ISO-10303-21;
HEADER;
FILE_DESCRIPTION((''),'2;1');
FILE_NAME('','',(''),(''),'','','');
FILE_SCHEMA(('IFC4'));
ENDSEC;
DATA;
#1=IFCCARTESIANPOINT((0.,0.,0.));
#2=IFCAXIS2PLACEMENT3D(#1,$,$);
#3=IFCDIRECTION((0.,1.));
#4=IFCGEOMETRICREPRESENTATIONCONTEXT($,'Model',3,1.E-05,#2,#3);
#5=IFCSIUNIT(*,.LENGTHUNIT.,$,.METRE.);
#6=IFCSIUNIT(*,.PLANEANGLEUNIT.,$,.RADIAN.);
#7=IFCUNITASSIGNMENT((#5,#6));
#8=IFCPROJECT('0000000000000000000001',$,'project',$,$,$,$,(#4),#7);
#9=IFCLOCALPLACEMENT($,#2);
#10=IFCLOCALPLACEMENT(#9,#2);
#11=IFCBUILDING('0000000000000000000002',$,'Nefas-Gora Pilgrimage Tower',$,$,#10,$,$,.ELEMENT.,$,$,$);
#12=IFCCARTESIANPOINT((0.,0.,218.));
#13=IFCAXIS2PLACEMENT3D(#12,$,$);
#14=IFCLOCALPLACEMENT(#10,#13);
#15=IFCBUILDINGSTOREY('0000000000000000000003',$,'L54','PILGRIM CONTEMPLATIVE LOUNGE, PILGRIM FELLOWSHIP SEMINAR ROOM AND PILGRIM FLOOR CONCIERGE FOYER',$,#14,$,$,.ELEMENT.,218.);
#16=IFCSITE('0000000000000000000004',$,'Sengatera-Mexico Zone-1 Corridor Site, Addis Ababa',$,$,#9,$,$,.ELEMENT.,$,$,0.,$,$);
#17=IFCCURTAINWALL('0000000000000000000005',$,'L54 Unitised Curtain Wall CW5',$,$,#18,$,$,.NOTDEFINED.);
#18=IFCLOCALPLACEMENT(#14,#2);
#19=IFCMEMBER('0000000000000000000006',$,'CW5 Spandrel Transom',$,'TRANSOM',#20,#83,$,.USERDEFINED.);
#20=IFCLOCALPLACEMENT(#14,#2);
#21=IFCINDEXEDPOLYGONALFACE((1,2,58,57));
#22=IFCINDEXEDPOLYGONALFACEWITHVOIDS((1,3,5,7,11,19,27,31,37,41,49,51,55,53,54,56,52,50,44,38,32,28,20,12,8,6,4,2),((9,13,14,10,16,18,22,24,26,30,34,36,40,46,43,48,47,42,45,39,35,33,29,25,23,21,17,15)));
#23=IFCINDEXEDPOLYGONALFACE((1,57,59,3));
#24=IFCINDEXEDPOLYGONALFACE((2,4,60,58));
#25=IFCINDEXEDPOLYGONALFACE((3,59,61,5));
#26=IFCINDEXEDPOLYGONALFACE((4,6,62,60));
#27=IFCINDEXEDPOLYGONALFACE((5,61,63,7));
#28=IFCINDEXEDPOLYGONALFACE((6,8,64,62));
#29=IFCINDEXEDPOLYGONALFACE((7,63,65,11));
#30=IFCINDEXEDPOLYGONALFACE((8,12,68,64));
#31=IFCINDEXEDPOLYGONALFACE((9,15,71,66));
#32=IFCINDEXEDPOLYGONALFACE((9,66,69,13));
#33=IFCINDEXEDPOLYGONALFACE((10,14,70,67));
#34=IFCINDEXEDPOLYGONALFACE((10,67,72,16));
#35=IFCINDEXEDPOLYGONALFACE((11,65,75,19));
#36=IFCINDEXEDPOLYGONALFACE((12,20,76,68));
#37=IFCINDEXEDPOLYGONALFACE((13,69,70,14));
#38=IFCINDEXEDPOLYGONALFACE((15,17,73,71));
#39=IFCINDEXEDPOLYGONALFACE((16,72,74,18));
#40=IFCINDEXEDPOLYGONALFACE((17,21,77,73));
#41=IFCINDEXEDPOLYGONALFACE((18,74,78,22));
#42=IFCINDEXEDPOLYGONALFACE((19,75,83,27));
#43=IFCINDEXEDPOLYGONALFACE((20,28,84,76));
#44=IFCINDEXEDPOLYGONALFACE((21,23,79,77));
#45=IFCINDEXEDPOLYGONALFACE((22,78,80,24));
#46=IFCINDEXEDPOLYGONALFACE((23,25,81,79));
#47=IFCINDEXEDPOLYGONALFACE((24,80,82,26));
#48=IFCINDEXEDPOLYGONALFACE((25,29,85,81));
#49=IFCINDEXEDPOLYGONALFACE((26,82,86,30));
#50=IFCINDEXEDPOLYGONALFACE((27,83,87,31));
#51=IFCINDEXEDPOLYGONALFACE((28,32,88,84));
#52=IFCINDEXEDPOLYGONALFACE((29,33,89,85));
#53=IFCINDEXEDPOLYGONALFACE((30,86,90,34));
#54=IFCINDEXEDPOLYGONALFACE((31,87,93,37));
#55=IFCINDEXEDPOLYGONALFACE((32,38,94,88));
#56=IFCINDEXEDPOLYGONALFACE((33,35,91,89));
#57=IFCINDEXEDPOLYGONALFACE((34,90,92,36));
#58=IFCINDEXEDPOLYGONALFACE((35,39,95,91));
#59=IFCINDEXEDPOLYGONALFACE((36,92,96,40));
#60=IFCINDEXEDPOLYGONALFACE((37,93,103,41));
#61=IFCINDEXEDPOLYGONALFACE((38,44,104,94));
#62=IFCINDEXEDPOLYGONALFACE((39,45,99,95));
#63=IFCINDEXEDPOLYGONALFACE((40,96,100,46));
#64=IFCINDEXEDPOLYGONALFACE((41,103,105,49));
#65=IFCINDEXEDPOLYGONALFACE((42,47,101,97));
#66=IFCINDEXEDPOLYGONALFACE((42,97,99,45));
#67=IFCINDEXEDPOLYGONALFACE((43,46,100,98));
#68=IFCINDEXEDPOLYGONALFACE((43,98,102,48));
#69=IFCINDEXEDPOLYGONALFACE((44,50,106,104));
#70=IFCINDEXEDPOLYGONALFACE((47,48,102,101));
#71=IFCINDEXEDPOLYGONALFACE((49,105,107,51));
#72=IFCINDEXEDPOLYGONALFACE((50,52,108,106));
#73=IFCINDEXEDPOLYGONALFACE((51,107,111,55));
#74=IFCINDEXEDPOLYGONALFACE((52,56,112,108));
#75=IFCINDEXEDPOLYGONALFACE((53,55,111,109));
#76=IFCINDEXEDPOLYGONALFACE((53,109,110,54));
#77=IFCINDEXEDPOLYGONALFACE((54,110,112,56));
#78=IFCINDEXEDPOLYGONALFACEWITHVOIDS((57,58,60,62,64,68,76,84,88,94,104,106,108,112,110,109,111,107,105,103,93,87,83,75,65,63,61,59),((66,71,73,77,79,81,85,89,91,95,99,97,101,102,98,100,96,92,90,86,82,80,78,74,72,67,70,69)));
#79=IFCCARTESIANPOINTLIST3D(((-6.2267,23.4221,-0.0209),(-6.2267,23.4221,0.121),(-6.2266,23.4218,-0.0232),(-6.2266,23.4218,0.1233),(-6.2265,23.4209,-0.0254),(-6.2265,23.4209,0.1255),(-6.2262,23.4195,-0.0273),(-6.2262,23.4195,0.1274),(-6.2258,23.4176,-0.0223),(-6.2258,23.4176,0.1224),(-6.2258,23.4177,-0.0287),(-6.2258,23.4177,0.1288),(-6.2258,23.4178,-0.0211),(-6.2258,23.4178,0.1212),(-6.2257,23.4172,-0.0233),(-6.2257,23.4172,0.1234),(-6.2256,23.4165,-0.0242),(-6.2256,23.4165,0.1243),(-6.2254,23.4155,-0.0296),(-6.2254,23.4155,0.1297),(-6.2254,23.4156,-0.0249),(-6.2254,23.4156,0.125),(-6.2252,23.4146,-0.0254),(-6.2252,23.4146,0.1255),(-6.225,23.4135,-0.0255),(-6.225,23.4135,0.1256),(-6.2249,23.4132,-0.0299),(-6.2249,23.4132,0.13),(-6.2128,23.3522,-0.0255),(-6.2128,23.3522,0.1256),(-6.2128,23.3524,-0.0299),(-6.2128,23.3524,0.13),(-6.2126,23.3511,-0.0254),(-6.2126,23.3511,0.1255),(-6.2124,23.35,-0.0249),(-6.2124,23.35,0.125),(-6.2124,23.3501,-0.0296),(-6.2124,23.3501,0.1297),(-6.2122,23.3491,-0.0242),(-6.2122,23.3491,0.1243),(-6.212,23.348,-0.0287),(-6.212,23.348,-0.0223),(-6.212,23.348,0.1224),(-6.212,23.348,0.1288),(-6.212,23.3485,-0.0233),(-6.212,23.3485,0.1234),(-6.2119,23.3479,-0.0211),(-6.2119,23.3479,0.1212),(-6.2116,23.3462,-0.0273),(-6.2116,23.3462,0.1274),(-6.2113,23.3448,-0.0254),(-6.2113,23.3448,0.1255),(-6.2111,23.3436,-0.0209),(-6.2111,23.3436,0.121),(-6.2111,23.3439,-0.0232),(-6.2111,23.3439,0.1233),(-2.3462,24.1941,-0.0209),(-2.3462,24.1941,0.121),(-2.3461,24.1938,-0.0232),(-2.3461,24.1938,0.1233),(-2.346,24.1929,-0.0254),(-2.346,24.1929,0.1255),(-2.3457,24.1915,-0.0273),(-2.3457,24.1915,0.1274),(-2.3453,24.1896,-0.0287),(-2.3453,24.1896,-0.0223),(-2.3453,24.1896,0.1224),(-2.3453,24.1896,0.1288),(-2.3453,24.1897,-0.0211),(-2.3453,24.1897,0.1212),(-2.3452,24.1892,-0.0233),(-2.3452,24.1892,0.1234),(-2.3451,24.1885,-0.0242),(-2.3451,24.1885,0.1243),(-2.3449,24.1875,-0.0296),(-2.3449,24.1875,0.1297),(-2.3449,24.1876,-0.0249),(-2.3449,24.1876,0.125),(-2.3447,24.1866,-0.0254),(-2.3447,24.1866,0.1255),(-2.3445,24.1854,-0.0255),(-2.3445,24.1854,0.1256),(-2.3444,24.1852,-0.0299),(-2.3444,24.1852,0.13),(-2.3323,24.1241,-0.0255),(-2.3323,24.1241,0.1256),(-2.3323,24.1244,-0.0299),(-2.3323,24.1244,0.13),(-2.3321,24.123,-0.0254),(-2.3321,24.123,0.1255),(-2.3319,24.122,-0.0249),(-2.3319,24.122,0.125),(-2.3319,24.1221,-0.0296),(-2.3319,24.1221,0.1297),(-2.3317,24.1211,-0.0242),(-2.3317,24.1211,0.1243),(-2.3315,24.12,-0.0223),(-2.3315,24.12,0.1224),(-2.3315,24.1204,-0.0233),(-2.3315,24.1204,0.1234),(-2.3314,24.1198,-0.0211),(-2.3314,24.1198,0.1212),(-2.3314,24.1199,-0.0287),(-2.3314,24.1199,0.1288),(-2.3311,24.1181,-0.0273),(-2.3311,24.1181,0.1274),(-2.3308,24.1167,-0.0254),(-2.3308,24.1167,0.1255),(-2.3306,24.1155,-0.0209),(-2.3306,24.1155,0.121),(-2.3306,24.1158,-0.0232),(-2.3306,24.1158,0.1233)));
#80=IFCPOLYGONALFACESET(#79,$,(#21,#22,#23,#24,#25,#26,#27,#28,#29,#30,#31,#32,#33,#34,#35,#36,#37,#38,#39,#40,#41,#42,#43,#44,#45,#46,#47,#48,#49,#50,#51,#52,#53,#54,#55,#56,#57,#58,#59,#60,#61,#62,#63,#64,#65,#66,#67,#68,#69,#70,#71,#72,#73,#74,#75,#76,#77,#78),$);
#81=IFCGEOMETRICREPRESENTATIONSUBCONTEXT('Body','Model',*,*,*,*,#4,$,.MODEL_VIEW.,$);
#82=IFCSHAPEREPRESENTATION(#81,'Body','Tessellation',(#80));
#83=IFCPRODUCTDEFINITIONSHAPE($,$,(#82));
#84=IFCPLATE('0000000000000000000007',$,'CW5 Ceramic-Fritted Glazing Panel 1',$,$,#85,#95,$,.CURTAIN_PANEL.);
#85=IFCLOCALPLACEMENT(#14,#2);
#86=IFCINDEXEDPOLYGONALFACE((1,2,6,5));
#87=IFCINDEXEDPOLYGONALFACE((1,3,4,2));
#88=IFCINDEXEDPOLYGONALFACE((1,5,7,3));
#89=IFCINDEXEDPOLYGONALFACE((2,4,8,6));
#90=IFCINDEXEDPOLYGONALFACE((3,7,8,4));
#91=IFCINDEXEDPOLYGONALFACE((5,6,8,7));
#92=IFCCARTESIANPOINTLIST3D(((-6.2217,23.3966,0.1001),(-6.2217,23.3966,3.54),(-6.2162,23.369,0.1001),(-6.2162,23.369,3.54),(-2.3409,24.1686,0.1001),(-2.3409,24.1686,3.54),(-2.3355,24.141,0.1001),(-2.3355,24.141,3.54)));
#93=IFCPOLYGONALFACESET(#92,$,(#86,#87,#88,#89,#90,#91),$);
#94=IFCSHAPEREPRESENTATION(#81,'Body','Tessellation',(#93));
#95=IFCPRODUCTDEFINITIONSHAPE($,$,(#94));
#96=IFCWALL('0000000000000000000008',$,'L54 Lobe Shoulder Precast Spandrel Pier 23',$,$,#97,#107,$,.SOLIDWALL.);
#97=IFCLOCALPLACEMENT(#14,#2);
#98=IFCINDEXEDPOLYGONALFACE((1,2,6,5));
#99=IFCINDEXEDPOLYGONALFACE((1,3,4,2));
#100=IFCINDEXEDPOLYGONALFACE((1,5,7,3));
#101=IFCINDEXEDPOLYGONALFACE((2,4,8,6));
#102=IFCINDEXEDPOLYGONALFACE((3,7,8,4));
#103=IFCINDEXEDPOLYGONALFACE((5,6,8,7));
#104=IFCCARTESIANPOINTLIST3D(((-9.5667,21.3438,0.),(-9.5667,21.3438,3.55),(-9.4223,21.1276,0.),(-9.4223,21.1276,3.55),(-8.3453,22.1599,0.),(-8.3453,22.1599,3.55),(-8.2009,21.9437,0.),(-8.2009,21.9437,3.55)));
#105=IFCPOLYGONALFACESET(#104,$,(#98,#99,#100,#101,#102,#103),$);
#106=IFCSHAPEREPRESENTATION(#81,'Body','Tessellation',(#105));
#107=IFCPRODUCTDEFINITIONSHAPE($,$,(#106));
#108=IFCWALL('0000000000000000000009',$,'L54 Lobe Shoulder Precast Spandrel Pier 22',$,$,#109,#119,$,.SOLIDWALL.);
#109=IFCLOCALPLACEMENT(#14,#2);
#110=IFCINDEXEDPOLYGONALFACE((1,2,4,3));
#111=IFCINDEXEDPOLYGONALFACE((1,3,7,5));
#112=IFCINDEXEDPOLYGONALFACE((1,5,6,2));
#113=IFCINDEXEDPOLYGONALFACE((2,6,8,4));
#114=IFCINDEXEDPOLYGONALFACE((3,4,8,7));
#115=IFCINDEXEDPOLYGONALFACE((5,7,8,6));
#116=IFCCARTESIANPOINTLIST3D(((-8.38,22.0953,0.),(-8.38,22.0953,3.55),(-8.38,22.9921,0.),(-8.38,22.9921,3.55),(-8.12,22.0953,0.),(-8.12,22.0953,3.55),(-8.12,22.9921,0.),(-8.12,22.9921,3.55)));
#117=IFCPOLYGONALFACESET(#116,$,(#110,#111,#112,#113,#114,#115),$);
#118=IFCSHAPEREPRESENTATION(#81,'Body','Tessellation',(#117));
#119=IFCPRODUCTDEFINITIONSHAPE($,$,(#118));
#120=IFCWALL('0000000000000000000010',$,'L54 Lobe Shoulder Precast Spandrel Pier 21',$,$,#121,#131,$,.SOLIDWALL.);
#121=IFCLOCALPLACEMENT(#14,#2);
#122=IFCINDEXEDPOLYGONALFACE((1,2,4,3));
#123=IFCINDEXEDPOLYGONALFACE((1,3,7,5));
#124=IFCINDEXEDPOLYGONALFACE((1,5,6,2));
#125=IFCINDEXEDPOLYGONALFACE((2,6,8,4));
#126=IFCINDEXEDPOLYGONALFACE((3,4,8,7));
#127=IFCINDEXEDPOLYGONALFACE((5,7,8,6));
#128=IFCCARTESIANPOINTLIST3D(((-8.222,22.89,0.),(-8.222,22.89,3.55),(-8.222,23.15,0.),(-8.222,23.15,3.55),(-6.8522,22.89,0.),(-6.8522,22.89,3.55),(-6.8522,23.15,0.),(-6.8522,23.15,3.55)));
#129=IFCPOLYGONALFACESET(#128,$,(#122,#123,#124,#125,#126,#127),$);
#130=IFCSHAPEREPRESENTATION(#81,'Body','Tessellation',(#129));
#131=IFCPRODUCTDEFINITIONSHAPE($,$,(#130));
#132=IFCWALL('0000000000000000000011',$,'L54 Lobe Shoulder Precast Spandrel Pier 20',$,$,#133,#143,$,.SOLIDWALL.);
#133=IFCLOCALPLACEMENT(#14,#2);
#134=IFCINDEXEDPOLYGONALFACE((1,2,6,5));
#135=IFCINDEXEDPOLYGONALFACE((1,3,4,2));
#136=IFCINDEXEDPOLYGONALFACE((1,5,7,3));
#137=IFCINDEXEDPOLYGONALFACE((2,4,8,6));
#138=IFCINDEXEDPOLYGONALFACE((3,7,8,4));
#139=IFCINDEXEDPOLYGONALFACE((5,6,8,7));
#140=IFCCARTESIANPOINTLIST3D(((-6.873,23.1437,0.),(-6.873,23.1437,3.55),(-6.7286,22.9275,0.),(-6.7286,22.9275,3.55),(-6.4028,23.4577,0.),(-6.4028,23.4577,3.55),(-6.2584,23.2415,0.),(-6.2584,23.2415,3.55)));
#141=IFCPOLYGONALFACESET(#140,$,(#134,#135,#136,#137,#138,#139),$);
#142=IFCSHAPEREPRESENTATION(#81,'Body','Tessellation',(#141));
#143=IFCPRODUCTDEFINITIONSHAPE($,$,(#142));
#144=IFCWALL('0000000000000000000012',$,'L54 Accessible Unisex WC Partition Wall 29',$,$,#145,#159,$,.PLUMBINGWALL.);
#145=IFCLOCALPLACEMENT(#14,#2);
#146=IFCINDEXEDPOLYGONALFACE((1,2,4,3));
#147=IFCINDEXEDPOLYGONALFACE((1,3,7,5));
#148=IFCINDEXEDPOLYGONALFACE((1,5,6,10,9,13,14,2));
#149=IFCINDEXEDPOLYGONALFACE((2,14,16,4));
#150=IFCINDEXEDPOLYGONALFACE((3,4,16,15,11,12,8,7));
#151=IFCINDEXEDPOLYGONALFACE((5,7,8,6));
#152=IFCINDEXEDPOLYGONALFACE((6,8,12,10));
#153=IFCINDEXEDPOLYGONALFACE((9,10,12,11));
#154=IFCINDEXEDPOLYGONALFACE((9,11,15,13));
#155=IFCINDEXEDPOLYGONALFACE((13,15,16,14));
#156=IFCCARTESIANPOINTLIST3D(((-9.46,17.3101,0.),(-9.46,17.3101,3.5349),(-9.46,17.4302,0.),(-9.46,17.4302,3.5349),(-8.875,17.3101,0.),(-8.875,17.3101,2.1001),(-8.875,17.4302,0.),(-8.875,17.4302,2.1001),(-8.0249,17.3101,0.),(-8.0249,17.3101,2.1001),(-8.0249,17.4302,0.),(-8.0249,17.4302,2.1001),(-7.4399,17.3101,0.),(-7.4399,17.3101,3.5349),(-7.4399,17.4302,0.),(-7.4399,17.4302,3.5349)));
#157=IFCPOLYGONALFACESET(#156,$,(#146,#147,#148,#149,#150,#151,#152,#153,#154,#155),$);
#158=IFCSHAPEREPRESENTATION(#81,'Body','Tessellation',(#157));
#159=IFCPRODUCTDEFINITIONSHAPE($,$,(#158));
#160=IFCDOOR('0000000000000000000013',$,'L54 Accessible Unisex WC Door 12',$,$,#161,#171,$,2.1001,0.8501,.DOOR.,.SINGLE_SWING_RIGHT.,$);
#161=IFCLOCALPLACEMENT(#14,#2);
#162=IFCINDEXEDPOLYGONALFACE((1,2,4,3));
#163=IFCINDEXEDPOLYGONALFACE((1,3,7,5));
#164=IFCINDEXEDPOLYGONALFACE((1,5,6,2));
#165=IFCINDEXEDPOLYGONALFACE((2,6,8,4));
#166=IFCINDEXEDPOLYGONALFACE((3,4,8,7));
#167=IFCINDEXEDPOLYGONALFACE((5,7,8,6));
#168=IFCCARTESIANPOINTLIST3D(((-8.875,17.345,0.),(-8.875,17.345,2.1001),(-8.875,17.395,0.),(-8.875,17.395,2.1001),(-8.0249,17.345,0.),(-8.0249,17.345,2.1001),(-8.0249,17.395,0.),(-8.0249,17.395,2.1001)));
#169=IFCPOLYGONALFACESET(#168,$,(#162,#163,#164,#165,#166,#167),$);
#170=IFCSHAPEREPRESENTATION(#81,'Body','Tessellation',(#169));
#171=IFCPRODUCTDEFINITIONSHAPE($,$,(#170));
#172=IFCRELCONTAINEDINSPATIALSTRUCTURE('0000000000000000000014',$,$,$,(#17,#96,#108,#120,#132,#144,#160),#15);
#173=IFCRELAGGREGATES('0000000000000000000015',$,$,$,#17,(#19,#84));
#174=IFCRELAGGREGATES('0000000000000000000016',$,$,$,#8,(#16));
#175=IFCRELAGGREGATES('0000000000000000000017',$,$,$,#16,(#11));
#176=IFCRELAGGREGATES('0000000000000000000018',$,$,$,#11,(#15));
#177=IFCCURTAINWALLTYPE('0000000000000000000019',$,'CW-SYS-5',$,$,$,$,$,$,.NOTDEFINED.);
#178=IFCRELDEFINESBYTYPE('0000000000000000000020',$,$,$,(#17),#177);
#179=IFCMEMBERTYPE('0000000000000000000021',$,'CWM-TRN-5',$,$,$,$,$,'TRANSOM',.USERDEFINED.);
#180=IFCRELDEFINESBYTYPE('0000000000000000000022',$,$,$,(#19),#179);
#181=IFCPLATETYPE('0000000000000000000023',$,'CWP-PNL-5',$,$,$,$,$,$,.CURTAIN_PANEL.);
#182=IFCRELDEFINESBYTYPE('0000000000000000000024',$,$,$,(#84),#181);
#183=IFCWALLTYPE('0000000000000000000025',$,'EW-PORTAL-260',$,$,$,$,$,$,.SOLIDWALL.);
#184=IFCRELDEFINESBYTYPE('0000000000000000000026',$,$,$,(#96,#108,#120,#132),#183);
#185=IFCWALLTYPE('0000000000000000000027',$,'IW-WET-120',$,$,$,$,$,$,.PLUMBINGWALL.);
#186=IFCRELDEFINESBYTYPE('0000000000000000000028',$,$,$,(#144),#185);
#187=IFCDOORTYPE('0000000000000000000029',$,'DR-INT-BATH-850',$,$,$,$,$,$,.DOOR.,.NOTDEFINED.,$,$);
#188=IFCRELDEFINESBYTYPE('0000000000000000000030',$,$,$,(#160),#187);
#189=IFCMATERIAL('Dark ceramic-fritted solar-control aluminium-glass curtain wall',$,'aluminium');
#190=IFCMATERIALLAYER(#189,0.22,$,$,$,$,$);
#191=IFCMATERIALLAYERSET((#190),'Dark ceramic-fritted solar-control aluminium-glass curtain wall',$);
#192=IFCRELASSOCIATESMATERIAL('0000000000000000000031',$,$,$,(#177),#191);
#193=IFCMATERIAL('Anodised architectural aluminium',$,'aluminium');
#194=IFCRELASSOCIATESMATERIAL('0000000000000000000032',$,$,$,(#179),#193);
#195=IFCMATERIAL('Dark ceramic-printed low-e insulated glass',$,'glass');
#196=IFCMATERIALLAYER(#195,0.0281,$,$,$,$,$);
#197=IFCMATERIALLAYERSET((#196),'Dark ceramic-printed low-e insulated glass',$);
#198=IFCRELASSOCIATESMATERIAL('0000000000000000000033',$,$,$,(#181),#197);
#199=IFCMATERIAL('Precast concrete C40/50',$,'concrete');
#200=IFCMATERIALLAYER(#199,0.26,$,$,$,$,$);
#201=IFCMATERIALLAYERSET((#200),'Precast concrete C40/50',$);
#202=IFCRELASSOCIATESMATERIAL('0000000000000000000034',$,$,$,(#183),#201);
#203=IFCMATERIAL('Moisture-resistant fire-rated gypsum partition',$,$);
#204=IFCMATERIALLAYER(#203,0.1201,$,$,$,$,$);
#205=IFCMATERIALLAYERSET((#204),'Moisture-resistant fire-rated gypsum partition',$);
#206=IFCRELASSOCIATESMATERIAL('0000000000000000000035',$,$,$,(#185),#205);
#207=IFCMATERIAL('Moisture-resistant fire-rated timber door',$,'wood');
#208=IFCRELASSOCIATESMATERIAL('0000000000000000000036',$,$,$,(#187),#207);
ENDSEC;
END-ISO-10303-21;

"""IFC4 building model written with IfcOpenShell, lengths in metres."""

from ifc_helpers import new_model, si_unit, direction, frame, frame_2d, origin, origin_2d, place, context, subcontext, project, spatial, rectangle, hollow_rectangle, extrude, source, transform, mapped, material, layer, layer_set, material_profile, profile_set, type_object, element, fill, aggregate, save


model = new_model("IFC4")

# Units and contexts
model_context = context("Model", 3, precision=1e-05, world=origin(), true_north=direction((0.0, 1.0)))
body_context = subcontext(model_context, "Body", "Model", "MODEL_VIEW")
ifc_project = project(units=[si_unit("LENGTHUNIT", "METRE"), si_unit("PLANEANGLEUNIT", "RADIAN")], contexts=[model_context])

# Site, building, storey
site_placement = place(None, origin())
site = spatial("IfcSite", under=ifc_project, at=site_placement, Name="Sengatera-Mexico Zone-1 Corridor Site, Addis Ababa", CompositionType="ELEMENT", RefElevation=0.0)
building_placement = place(site_placement, origin())
building = spatial("IfcBuilding", under=site, at=building_placement, Name="Nefas-Gora Pilgrimage Tower", CompositionType="ELEMENT")
storey_placement = place(building_placement, frame((0.0, 0.0, 218.0)))
storey = spatial("IfcBuildingStorey", under=building, at=storey_placement, Name="L54", Description="PILGRIM CONTEMPLATIVE LOUNGE, PILGRIM FELLOWSHIP SEMINAR ROOM AND PILGRIM FLOOR CONCIERGE FOYER", CompositionType="ELEMENT", Elevation=218.0)

# Curtain wall
ifc_material_1 = material(Name="Dark ceramic-fritted solar-control aluminium-glass curtain wall", Category="aluminium")
ifc_layer_1 = layer(ifc_material_1, 0.22)
ifc_layer_set_1 = layer_set([ifc_layer_1], Name="Dark ceramic-fritted solar-control aluminium-glass curtain wall")
curtain_wall_type = type_object("IfcCurtainWallType", Name="CW-SYS-5", PredefinedType="NOTDEFINED", material=ifc_layer_set_1)
curtain_wall_1_placement = place(storey_placement, origin())
curtain_wall_1 = element("IfcCurtainWall", 1, at=curtain_wall_1_placement, inside=storey, type_object=curtain_wall_type, Name="L54 Unitised Curtain Wall CW5", PredefinedType="NOTDEFINED")
ifc_material_2 = material(Name="Anodised architectural aluminium", Category="aluminium")
ifc_material_profile_1 = material_profile(ifc_material_2, hollow_rectangle(XDim=0.0801, YDim=0.1599, WallThickness=0.0044, InnerFilletRadius=0.0044, OuterFilletRadius=0.009, at=origin_2d()), Name="ALU TRANSOM 80x160")
ifc_profile_set_1 = profile_set([ifc_material_profile_1], Name="Anodised architectural aluminium")
member_type_1 = type_object("IfcMemberType", Name="CWM-TRN-5", ElementType="TRANSOM", PredefinedType="USERDEFINED", material=ifc_profile_set_1)

# Member
shared_shape_1 = source(origin(), body_context, "Body", "SweptSolid", [
    extrude(hollow_rectangle(XDim=0.0801, YDim=0.1599, WallThickness=0.0044, InnerFilletRadius=0.0044, OuterFilletRadius=0.009, at=origin_2d()), origin(), (0.0, 0.0, 1.0), 3.9565),
])
member_1_placement = place(storey_placement, frame((-2.3384, 24.1548, 0.05), z_axis=(-0.980782, -0.195107, 0.0), x_axis=(0.195107, -0.980782, 0.0)))
member_1 = element("IfcMember", 2, at=member_1_placement, type_object=member_type_1, Name="CW5 Spandrel Transom", ObjectType="TRANSOM", PredefinedType="USERDEFINED", context=body_context, shape_type="MappedRepresentation", body=[
    mapped(shared_shape_1, transform((0.0, 0.0, 0.0), x_axis=(1.0, 0.0, 0.0), y_axis=(0.0, 1.0, 0.0), z_axis=(0.0, 0.0, 1.0), scale=1.0)),
])

# Plate
ifc_material_3 = material(Name="Dark ceramic-printed low-e insulated glass", Category="glass")
ifc_layer_2 = layer(ifc_material_3, 0.0281)
ifc_layer_set_2 = layer_set([ifc_layer_2], Name="Dark ceramic-printed low-e insulated glass")
plate_type = type_object("IfcPlateType", Name="CWP-PNL-5", PredefinedType="CURTAIN_PANEL", material=ifc_layer_set_2)
shared_shape_2 = source(origin(), body_context, "Body", "SweptSolid", [
    extrude(rectangle(XDim=3.9568, YDim=0.0281, at=origin_2d()), origin(), (0.0, 0.0, 1.0), 3.4399),
])
plate_placement = place(storey_placement, frame((-4.2786, 23.7688, 0.1001), z_axis=(0.0, 0.0, 1.0), x_axis=(-0.980783, -0.195102, 0.0)))
plate = element("IfcPlate", 3, at=plate_placement, type_object=plate_type, Name="CW5 Ceramic-Fritted Glazing Panel 1", PredefinedType="CURTAIN_PANEL", context=body_context, shape_type="MappedRepresentation", body=[
    mapped(shared_shape_2, transform((0.0, 0.0, 0.0), x_axis=(1.0, 0.0, 0.0), y_axis=(0.0, 1.0, 0.0), z_axis=(0.0, 0.0, 1.0), scale=1.0)),
])
aggregate(curtain_wall_1, [member_1, plate])

# Walls
ifc_material_4 = material(Name="Precast concrete C40/50", Category="concrete")
ifc_layer_3 = layer(ifc_material_4, 0.26)
ifc_layer_set_3 = layer_set([ifc_layer_3], Name="Precast concrete C40/50")
wall_type_1 = type_object("IfcWallType", Name="EW-PORTAL-260", PredefinedType="SOLIDWALL", material=ifc_layer_set_3)
shared_shape_3 = source(origin(), body_context, "Body", "SweptSolid", [
    extrude(rectangle(XDim=1.469, YDim=0.26, at=frame_2d((0.7344, 0.0))), origin(), (0.0, 0.0, 1.0), 3.55),
])
wall_1_placement = place(storey_placement, frame((-8.2732, 22.0518, 0.0), z_axis=(0.0, 0.0, 1.0), x_axis=(-0.831462, -0.555582, 0.0)))
element("IfcWall", 4, at=wall_1_placement, inside=storey, type_object=wall_type_1, Name="L54 Lobe Shoulder Precast Spandrel Pier 23", PredefinedType="SOLIDWALL", context=body_context, shape_type="MappedRepresentation", body=[
    mapped(shared_shape_3, transform((0.0, 0.0, 0.0), x_axis=(1.0, 0.0, 0.0), y_axis=(0.0, 1.0, 0.0), z_axis=(0.0, 0.0, 1.0), scale=1.0)),
])
shared_shape_4 = source(origin(), body_context, "Body", "SweptSolid", [
    extrude(rectangle(XDim=0.8967, YDim=0.26, at=frame_2d((0.4482, 0.0))), origin(), (0.0, 0.0, 1.0), 3.55),
])
wall_2_placement = place(storey_placement, frame((-8.25, 22.9919, 0.0), z_axis=(0.0, 0.0, 1.0), x_axis=(0.0, -1.0, 0.0)))
element("IfcWall", 5, at=wall_2_placement, inside=storey, type_object=wall_type_1, Name="L54 Lobe Shoulder Precast Spandrel Pier 22", PredefinedType="SOLIDWALL", context=body_context, shape_type="MappedRepresentation", body=[
    mapped(shared_shape_4, transform((0.0, 0.0, 0.0), x_axis=(1.0, 0.0, 0.0), y_axis=(0.0, 1.0, 0.0), z_axis=(0.0, 0.0, 1.0), scale=1.0)),
])
shared_shape_5 = source(origin(), body_context, "Body", "SweptSolid", [
    extrude(rectangle(XDim=1.3699, YDim=0.26, at=frame_2d((0.6851, 0.0))), origin(), (0.0, 0.0, 1.0), 3.55),
])
wall_3_placement = place(storey_placement, frame((-6.8521, 23.02, 0.0), z_axis=(0.0, 0.0, 1.0), x_axis=(-1.0, 0.0, 0.0)))
element("IfcWall", 6, at=wall_3_placement, inside=storey, type_object=wall_type_1, Name="L54 Lobe Shoulder Precast Spandrel Pier 21", PredefinedType="SOLIDWALL", context=body_context, shape_type="MappedRepresentation", body=[
    mapped(shared_shape_5, transform((0.0, 0.0, 0.0), x_axis=(1.0, 0.0, 0.0), y_axis=(0.0, 1.0, 0.0), z_axis=(0.0, 0.0, 1.0), scale=1.0)),
])
shared_shape_6 = source(origin(), body_context, "Body", "SweptSolid", [
    extrude(rectangle(XDim=0.5654, YDim=0.26, at=frame_2d((0.2827, 0.0))), origin(), (0.0, 0.0, 1.0), 3.55),
])
wall_4_placement = place(storey_placement, frame((-6.3306, 23.3496, 0.0), z_axis=(0.0, 0.0, 1.0), x_axis=(-0.831651, -0.555298, 0.0)))
element("IfcWall", 7, at=wall_4_placement, inside=storey, type_object=wall_type_1, Name="L54 Lobe Shoulder Precast Spandrel Pier 20", PredefinedType="SOLIDWALL", context=body_context, shape_type="MappedRepresentation", body=[
    mapped(shared_shape_6, transform((0.0, 0.0, 0.0), x_axis=(1.0, 0.0, 0.0), y_axis=(0.0, 1.0, 0.0), z_axis=(0.0, 0.0, 1.0), scale=1.0)),
])

# Wall, opening, door
ifc_material_5 = material(Name="Moisture-resistant fire-rated gypsum partition")
ifc_layer_4 = layer(ifc_material_5, 0.1201)
ifc_layer_set_4 = layer_set([ifc_layer_4], Name="Moisture-resistant fire-rated gypsum partition")
wall_type_2 = type_object("IfcWallType", Name="IW-WET-120", PredefinedType="PLUMBINGWALL", material=ifc_layer_set_4)
shared_shape_7 = source(origin(), body_context, "Body", "SweptSolid", [
    extrude(rectangle(XDim=2.02, YDim=0.1201, at=frame_2d((1.01, 0.0))), origin(), (0.0, 0.0, 1.0), 3.5349),
])
wall_5_placement = place(storey_placement, frame((-9.46, 17.3701, 0.0), z_axis=(0.0, 0.0, 1.0), x_axis=(1.0, 0.0, 0.0)))
wall_5 = element("IfcWall", 8, at=wall_5_placement, inside=storey, type_object=wall_type_2, Name="L54 Accessible Unisex WC Partition Wall 29", PredefinedType="PLUMBINGWALL", context=body_context, shape_type="MappedRepresentation", body=[
    mapped(shared_shape_7, transform((0.0, 0.0, 0.0), x_axis=(1.0, 0.0, 0.0), y_axis=(0.0, 1.0, 0.0), z_axis=(0.0, 0.0, 1.0), scale=1.0)),
])
opening_1_placement = place(wall_5_placement, frame((0.585, 0.0, 0.0)))
opening_1 = element("IfcOpeningElement", 9, at=opening_1_placement, cuts=wall_5, PredefinedType="OPENING", context=body_context, shape_type="SweptSolid", body=[
    extrude(rectangle(XDim=0.8501, YDim=2.1001, at=frame_2d((0.425, 1.05))), frame((0.0, 0.0701, 0.0), z_axis=(0.0, -1.0, 0.0), x_axis=(1.0, 0.0, 0.0)), (0.0, 0.0, 1.0), 0.1401),
])
ifc_material_6 = material(Name="Moisture-resistant fire-rated timber door", Category="wood")
door_type_1 = type_object("IfcDoorType", Name="DR-INT-BATH-850", OperationType="NOTDEFINED", PredefinedType="DOOR", material=ifc_material_6)
shared_shape_8 = source(origin(), body_context, "Body", "SweptSolid", [
    extrude(rectangle(XDim=0.8501, YDim=2.1001, at=frame_2d((0.425, 1.05))), frame((0.0, 0.0249, 0.0), z_axis=(0.0, -1.0, 0.0), x_axis=(1.0, 0.0, 0.0)), (0.0, 0.0, 1.0), 0.05),
])
door_1_placement = place(opening_1_placement, origin())
door_1 = element("IfcDoor", 10, at=door_1_placement, inside=storey, type_object=door_type_1, Name="L54 Accessible Unisex WC Door 12", OperationType="SINGLE_SWING_RIGHT", OverallHeight=2.1001, OverallWidth=0.8501, PredefinedType="DOOR", context=body_context, shape_type="MappedRepresentation", body=[
    mapped(shared_shape_8, transform((0.0, 0.0, 0.0), x_axis=(1.0, 0.0, 0.0), y_axis=(0.0, 1.0, 0.0), z_axis=(0.0, 0.0, 1.0), scale=1.0)),
])
fill(opening_1, door_1)

save(model, "model.ifc")
